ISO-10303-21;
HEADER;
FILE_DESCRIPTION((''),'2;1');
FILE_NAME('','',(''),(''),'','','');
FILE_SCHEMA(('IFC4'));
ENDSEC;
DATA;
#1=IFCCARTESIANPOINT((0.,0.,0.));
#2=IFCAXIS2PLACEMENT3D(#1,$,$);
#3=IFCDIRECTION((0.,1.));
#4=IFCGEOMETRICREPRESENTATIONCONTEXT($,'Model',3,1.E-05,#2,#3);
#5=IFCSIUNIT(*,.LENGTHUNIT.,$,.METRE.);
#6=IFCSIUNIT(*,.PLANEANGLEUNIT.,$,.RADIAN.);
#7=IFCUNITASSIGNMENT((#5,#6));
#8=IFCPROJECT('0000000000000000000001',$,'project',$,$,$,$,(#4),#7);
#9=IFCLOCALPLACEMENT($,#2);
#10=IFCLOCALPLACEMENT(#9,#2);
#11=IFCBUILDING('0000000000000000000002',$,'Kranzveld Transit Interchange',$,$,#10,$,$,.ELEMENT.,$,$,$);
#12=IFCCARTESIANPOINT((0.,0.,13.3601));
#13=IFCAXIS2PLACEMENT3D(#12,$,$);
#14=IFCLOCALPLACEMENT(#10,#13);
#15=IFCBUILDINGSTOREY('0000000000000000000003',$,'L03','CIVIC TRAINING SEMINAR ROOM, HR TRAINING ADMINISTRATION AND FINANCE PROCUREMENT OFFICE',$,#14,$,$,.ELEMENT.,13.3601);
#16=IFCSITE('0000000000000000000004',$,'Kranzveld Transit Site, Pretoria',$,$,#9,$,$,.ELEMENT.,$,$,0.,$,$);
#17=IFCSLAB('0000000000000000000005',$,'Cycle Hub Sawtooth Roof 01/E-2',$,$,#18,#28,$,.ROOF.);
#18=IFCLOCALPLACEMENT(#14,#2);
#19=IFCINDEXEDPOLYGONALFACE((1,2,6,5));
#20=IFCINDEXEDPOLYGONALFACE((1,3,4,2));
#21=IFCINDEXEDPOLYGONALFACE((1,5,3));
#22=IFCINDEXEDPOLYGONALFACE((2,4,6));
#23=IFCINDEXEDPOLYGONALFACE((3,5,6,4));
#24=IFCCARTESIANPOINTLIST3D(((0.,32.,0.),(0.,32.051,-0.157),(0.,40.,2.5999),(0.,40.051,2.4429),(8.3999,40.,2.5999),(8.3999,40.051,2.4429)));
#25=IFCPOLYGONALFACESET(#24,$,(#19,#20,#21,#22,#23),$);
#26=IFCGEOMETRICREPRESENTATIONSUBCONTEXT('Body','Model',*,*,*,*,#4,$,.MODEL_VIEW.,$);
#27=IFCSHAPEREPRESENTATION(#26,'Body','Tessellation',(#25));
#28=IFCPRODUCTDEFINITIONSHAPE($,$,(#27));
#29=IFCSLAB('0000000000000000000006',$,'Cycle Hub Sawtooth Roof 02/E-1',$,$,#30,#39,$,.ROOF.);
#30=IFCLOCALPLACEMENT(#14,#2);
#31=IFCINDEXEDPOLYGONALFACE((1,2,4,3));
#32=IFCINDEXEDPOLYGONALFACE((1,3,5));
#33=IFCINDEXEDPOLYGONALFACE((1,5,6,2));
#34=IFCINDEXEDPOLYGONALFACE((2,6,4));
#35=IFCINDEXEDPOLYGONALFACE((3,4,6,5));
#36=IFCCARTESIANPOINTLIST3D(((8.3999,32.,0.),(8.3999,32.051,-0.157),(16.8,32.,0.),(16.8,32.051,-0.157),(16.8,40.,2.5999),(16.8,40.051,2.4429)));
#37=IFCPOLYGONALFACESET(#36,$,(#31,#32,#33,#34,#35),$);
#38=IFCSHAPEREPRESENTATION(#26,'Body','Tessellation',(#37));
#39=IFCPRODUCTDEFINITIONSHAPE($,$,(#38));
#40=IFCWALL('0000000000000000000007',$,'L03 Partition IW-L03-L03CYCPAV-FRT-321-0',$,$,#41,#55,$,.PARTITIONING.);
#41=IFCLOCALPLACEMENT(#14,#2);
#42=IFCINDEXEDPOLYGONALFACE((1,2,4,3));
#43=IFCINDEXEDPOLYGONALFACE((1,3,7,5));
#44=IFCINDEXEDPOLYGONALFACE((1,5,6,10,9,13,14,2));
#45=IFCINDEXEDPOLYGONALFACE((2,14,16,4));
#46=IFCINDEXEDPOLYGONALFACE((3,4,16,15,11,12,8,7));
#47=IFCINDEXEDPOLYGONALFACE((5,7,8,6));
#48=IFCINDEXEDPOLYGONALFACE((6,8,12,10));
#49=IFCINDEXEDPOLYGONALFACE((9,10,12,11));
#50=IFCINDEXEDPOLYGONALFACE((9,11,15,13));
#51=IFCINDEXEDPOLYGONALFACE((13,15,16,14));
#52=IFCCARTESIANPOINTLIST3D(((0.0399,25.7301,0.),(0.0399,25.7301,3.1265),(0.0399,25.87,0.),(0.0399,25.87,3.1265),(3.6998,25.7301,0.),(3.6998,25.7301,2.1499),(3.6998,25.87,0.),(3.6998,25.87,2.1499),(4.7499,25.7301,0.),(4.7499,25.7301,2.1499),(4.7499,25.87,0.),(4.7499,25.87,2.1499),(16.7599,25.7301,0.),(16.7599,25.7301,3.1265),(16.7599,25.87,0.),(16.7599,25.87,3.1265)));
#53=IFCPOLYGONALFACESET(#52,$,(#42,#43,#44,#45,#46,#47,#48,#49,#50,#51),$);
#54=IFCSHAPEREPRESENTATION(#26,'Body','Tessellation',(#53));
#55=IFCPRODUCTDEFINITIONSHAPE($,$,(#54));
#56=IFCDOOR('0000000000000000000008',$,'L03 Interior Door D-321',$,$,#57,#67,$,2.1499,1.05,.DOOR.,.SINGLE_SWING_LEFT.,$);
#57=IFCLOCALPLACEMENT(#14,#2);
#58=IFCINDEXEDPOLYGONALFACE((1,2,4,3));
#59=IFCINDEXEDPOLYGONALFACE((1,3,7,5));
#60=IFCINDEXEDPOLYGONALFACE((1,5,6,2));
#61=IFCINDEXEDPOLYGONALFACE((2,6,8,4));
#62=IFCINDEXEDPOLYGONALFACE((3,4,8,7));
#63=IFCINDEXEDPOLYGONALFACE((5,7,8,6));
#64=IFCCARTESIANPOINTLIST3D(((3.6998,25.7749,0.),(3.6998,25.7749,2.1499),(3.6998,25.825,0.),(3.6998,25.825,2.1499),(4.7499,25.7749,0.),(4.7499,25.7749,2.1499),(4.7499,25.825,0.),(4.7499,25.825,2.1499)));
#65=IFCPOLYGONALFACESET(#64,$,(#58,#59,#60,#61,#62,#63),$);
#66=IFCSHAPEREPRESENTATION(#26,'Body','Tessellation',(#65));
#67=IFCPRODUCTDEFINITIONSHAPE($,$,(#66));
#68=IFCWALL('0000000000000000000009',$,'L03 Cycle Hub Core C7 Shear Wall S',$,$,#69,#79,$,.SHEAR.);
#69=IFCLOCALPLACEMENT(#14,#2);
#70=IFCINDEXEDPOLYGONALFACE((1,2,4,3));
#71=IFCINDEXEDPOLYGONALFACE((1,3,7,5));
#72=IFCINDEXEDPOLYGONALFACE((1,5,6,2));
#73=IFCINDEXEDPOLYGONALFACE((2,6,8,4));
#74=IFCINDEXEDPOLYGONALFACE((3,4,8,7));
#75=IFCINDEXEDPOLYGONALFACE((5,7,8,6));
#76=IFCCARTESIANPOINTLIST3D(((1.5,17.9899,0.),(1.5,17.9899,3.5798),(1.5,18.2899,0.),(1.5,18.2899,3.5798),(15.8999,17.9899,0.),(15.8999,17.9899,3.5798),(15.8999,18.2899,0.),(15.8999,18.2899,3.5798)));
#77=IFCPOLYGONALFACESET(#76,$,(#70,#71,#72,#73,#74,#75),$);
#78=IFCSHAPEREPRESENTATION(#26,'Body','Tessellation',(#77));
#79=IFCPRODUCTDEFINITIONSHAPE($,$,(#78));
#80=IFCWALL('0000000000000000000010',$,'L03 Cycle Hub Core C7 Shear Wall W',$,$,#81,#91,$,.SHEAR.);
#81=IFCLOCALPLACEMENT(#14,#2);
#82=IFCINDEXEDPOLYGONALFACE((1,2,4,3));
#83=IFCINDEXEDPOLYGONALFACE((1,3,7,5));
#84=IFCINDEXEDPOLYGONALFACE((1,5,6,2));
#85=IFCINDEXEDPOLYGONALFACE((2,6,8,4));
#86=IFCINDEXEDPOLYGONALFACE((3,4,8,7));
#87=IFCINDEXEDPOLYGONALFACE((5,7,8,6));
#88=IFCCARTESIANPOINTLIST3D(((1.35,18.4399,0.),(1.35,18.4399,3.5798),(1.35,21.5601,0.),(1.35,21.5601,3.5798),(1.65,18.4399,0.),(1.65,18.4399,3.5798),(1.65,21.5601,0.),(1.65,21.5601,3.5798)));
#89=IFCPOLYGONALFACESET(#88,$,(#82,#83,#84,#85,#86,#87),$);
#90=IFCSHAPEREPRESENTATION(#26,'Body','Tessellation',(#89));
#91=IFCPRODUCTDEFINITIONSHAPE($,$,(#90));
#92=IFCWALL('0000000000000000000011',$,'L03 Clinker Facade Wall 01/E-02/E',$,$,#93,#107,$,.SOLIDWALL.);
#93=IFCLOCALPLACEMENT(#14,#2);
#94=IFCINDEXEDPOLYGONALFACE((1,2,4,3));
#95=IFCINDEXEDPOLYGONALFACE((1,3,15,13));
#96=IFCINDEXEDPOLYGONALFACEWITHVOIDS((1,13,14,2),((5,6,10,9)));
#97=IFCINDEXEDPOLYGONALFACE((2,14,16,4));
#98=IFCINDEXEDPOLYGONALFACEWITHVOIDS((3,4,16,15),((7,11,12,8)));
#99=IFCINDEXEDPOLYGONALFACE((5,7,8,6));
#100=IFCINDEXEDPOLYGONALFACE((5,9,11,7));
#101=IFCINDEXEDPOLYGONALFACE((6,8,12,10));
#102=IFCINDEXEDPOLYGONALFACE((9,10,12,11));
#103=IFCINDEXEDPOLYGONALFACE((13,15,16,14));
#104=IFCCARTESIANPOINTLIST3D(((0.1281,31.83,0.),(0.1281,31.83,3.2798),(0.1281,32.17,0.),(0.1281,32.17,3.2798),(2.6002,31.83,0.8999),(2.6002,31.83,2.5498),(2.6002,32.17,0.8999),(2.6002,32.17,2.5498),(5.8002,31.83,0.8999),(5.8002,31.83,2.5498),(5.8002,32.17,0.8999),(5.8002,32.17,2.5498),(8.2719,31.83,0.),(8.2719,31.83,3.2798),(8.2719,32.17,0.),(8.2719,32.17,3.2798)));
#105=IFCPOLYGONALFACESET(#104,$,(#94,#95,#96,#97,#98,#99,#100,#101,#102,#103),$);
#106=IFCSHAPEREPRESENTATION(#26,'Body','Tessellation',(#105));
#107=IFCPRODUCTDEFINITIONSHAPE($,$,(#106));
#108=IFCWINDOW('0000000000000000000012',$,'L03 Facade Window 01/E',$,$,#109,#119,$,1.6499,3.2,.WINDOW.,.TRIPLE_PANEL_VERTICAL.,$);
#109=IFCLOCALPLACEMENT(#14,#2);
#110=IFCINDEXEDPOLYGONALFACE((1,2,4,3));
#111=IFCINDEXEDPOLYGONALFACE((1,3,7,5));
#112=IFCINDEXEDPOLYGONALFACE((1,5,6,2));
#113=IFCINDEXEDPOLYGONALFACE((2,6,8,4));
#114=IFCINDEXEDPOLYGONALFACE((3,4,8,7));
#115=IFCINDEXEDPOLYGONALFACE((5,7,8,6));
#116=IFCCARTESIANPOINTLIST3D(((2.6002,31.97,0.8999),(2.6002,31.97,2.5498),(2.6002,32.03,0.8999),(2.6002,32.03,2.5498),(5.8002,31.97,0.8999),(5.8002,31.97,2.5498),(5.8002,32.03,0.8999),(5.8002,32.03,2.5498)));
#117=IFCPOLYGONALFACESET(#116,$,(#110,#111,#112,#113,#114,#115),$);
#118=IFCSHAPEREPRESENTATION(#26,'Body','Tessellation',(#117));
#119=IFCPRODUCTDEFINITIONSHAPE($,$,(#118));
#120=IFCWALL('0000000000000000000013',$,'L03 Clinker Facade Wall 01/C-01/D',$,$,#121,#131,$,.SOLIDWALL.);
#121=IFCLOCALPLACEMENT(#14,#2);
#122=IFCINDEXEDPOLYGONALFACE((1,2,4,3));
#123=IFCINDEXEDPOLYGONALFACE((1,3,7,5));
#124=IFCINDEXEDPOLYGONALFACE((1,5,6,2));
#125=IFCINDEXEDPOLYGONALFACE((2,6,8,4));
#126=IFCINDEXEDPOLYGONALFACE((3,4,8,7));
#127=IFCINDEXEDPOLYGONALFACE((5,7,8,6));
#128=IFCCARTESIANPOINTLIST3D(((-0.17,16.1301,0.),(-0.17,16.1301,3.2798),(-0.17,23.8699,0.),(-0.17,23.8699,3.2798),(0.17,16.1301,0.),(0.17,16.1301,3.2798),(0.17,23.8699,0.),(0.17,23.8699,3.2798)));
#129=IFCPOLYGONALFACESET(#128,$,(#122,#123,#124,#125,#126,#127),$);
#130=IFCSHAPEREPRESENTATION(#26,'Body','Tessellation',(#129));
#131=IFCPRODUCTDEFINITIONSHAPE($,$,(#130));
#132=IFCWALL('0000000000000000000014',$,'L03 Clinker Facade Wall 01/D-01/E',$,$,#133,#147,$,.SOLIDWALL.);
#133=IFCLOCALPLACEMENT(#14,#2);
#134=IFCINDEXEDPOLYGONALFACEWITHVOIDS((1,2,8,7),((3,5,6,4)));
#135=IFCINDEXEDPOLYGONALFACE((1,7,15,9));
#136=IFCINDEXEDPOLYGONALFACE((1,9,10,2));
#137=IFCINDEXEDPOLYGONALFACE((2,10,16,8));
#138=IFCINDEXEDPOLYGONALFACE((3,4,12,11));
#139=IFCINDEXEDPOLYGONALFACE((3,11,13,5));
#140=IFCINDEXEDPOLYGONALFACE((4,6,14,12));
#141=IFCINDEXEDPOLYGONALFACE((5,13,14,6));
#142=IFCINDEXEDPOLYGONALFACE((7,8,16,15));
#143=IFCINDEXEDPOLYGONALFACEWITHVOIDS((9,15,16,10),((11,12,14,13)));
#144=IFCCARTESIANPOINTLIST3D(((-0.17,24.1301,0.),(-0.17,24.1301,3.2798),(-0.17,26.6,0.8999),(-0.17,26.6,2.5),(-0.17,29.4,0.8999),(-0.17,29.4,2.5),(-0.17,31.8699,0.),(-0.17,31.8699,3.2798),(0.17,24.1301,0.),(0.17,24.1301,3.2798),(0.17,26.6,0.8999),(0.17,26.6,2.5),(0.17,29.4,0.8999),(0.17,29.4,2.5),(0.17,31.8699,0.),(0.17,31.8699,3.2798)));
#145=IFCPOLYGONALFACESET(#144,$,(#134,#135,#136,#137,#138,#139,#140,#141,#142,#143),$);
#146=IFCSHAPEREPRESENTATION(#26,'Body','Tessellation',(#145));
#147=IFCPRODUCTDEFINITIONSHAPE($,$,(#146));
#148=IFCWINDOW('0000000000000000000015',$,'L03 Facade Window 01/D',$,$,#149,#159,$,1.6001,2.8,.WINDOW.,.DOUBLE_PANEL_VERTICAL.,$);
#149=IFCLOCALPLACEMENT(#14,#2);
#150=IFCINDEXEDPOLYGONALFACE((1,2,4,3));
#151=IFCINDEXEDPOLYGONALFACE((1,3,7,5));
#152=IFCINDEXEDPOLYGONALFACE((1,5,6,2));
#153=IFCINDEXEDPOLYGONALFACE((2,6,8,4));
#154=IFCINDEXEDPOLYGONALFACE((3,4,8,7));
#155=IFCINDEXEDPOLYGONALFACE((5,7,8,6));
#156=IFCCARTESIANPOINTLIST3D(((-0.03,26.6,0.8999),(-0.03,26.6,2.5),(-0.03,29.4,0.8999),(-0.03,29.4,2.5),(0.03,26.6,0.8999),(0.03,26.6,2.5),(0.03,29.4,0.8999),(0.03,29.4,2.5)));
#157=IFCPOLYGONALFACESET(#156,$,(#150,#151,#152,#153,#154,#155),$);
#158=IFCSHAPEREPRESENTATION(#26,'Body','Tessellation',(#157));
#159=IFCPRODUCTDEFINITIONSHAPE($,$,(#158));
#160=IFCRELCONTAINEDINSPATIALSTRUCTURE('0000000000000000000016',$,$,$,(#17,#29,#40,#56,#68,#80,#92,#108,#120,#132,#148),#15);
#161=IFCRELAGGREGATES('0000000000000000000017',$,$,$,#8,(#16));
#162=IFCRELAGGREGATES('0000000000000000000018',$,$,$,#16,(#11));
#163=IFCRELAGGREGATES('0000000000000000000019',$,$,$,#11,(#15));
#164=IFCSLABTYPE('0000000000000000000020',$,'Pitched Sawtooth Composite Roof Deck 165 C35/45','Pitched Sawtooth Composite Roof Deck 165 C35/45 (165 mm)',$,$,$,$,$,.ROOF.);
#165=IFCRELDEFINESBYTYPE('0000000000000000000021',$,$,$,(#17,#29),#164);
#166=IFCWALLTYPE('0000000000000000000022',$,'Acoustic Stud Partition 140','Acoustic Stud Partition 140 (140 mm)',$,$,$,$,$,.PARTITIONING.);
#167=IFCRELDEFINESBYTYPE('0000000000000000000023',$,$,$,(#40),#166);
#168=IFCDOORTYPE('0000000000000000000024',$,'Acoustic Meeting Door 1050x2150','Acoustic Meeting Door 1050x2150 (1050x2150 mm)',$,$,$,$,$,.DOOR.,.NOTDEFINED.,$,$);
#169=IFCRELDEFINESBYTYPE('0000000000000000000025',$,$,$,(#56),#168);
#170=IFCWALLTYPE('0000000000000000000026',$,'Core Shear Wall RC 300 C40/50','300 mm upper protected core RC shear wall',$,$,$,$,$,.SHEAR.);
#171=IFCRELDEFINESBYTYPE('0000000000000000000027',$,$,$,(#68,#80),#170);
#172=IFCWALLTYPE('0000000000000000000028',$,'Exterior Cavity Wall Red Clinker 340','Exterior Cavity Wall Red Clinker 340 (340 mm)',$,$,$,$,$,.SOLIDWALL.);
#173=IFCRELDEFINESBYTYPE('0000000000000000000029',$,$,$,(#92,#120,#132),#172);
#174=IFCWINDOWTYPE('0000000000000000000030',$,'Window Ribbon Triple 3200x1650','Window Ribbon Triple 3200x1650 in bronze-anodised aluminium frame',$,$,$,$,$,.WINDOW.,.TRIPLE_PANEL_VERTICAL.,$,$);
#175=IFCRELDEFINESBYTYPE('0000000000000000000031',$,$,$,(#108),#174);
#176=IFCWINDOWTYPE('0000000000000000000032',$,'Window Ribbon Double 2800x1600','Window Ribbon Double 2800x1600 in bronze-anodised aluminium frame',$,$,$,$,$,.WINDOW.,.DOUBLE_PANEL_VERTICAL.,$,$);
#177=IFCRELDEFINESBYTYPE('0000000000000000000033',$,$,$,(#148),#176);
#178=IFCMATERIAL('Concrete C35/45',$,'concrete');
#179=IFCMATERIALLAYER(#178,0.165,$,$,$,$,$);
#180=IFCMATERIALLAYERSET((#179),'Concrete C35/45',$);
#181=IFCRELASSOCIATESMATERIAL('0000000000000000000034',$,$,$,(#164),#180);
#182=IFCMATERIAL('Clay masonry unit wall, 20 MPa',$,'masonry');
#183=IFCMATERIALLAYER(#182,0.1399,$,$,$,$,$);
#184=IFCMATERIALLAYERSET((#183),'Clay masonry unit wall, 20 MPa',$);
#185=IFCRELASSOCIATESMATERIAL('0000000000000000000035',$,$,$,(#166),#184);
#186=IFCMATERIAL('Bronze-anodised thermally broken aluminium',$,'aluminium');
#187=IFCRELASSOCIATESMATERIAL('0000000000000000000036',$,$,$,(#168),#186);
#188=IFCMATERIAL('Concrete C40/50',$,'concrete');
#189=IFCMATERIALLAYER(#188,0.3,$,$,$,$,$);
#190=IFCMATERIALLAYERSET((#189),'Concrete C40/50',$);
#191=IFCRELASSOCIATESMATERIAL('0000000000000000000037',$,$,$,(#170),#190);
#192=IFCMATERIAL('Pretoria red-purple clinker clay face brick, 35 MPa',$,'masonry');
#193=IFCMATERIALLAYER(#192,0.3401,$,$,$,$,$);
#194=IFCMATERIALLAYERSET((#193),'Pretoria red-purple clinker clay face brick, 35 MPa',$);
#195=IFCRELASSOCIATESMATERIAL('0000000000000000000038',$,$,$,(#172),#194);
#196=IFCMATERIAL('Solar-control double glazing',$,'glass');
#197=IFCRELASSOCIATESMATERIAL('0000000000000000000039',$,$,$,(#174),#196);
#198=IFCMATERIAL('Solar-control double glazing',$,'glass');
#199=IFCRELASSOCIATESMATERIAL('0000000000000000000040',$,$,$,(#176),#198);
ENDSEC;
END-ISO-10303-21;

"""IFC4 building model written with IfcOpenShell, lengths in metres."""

from ifc_helpers import new_model, si_unit, direction, frame, frame_2d, origin, place, context, subcontext, project, spatial, polyline, rectangle, outline, extrude, material, layer, layer_set, type_object, element, fill, save


model = new_model("IFC4")

# Units and contexts
model_context = context("Model", 3, precision=1e-05, world=origin(), true_north=direction((0.0, 1.0)))
body_context = subcontext(model_context, "Body", "Model", "MODEL_VIEW")
ifc_project = project(units=[si_unit("LENGTHUNIT", "METRE"), si_unit("PLANEANGLEUNIT", "RADIAN")], contexts=[model_context])

# Site, building, storey
site_placement = place(None, origin())
site = spatial("IfcSite", under=ifc_project, at=site_placement, Name="Kranzveld Transit Site, Pretoria", CompositionType="ELEMENT", RefElevation=0.0)
building_placement = place(site_placement, origin())
building = spatial("IfcBuilding", under=site, at=building_placement, Name="Kranzveld Transit Interchange", CompositionType="ELEMENT")
storey_placement = place(building_placement, frame((0.0, 0.0, 13.3601)))
storey = spatial("IfcBuildingStorey", under=building, at=storey_placement, Name="L03", Description="CIVIC TRAINING SEMINAR ROOM, HR TRAINING ADMINISTRATION AND FINANCE PROCUREMENT OFFICE", CompositionType="ELEMENT", Elevation=13.3601)

# Slabs
ifc_material_1 = material(Name="Concrete C35/45", Category="concrete")
ifc_layer_1 = layer(ifc_material_1, 0.165)
ifc_layer_set_1 = layer_set([ifc_layer_1], Name="Concrete C35/45")
slab_type = type_object("IfcSlabType", Name="Pitched Sawtooth Composite Roof Deck 165 C35/45", Description="Pitched Sawtooth Composite Roof Deck 165 C35/45 (165 mm)", PredefinedType="ROOF", material=ifc_layer_set_1)
slab_1_placement = place(storey_placement, frame((0.0, 32.0, 0.0), z_axis=(0.0, -0.30907, 0.951039), x_axis=(0.706604, 0.672964, 0.218701)))
element("IfcSlab", 1, at=slab_1_placement, inside=storey, type_object=slab_type, Name="Cycle Hub Sawtooth Roof 01/E-2", PredefinedType="ROOF", context=body_context, shape_type="SweptSolid", body=[
    extrude(outline(polyline([(0.0, 0.0), (11.8877, 0.0), (5.9523, 5.9438), (0.0, 0.0)])), origin(), (0.0, 0.0, -1.0), 0.165),
])
slab_2_placement = place(storey_placement, frame((8.3999, 32.0, 0.0), z_axis=(0.0, -0.30907, 0.951039), x_axis=(1.0, 0.0, 0.0)))
element("IfcSlab", 2, at=slab_2_placement, inside=storey, type_object=slab_type, Name="Cycle Hub Sawtooth Roof 02/E-1", PredefinedType="ROOF", context=body_context, shape_type="SweptSolid", body=[
    extrude(outline(polyline([(0.0, 0.0), (8.4001, 0.0), (8.4001, 8.4119), (0.0, 0.0)])), origin(), (0.0, 0.0, -1.0), 0.165),
])

# Wall, opening, door
ifc_material_2 = material(Name="Clay masonry unit wall, 20 MPa", Category="masonry")
ifc_layer_2 = layer(ifc_material_2, 0.1399)
ifc_layer_set_2 = layer_set([ifc_layer_2], Name="Clay masonry unit wall, 20 MPa")
wall_type_1 = type_object("IfcWallType", Name="Acoustic Stud Partition 140", Description="Acoustic Stud Partition 140 (140 mm)", PredefinedType="PARTITIONING", material=ifc_layer_set_2)
wall_1_placement = place(storey_placement, frame((0.04, 25.8, 0.0), z_axis=(0.0, 0.0, 1.0), x_axis=(1.0, 0.0, 0.0)))
wall_1 = element("IfcWall", 3, at=wall_1_placement, inside=storey, type_object=wall_type_1, Name="L03 Partition IW-L03-L03CYCPAV-FRT-321-0", PredefinedType="PARTITIONING", context=body_context, shape_type="SweptSolid", body=[
    extrude(rectangle(XDim=16.72, YDim=0.1399, at=frame_2d((8.3599, 0.0))), origin(), (0.0, 0.0, 1.0), 3.1265),
])
opening_1_placement = place(wall_1_placement, frame((3.6599, 0.0, 0.0), z_axis=(0.0, 0.0, 1.0), x_axis=(1.0, 0.0, 0.0)))
opening_1 = element("IfcOpeningElement", 4, at=opening_1_placement, cuts=wall_1, PredefinedType="OPENING", context=body_context, shape_type="SweptSolid", body=[
    extrude(rectangle(XDim=1.05, YDim=2.1499, at=frame_2d((0.5249, 1.075))), frame((0.0, 0.0798, 0.0), z_axis=(0.0, -1.0, 0.0), x_axis=(1.0, 0.0, 0.0)), (0.0, 0.0, 1.0), 0.1599),
])
ifc_material_3 = material(Name="Bronze-anodised thermally broken aluminium", Category="aluminium")
door_type_1 = type_object("IfcDoorType", Name="Acoustic Meeting Door 1050x2150", Description="Acoustic Meeting Door 1050x2150 (1050x2150 mm)", OperationType="NOTDEFINED", PredefinedType="DOOR", material=ifc_material_3)
door_1_placement = place(opening_1_placement, origin())
door_1 = element("IfcDoor", 5, at=door_1_placement, inside=storey, type_object=door_type_1, Name="L03 Interior Door D-321", OperationType="SINGLE_SWING_LEFT", OverallHeight=2.1499, OverallWidth=1.05, PredefinedType="DOOR", context=body_context, shape_type="SweptSolid", body=[
    extrude(rectangle(XDim=1.05, YDim=2.1499, at=frame_2d((0.5249, 1.075))), frame((0.0, 0.0249, 0.0), z_axis=(0.0, -1.0, 0.0), x_axis=(1.0, 0.0, 0.0)), (0.0, 0.0, 1.0), 0.05),
])
fill(opening_1, door_1)

# Wall
ifc_material_4 = material(Name="Concrete C40/50", Category="concrete")
ifc_layer_3 = layer(ifc_material_4, 0.3)
ifc_layer_set_3 = layer_set([ifc_layer_3], Name="Concrete C40/50")
wall_type_2 = type_object("IfcWallType", Name="Core Shear Wall RC 300 C40/50", Description="300 mm upper protected core RC shear wall", PredefinedType="SHEAR", material=ifc_layer_set_3)
wall_2_placement = place(storey_placement, frame((1.5, 18.1399, 0.0), z_axis=(0.0, 0.0, 1.0), x_axis=(1.0, 0.0, 0.0)))
element("IfcWall", 6, at=wall_2_placement, inside=storey, type_object=wall_type_2, Name="L03 Cycle Hub Core C7 Shear Wall S", PredefinedType="SHEAR", context=body_context, shape_type="SweptSolid", body=[
    extrude(rectangle(XDim=14.3999, YDim=0.3, at=frame_2d((7.2, 0.0))), origin(), (0.0, 0.0, 1.0), 3.5798),
])

# Wall
wall_3_placement = place(storey_placement, frame((1.5, 18.4399, 0.0), z_axis=(0.0, 0.0, 1.0), x_axis=(0.0, 1.0, 0.0)))
element("IfcWall", 7, at=wall_3_placement, inside=storey, type_object=wall_type_2, Name="L03 Cycle Hub Core C7 Shear Wall W", PredefinedType="SHEAR", context=body_context, shape_type="SweptSolid", body=[
    extrude(rectangle(XDim=3.1201, YDim=0.3, at=frame_2d((1.5601, 0.0))), origin(), (0.0, 0.0, 1.0), 3.5798),
])

# Wall, opening, window
ifc_material_5 = material(Name="Pretoria red-purple clinker clay face brick, 35 MPa", Category="masonry")
ifc_layer_4 = layer(ifc_material_5, 0.3401)
ifc_layer_set_4 = layer_set([ifc_layer_4], Name="Pretoria red-purple clinker clay face brick, 35 MPa")
wall_type_3 = type_object("IfcWallType", Name="Exterior Cavity Wall Red Clinker 340", Description="Exterior Cavity Wall Red Clinker 340 (340 mm)", PredefinedType="SOLIDWALL", material=ifc_layer_set_4)
wall_4_placement = place(storey_placement, frame((0.1282, 32.0, 0.0), z_axis=(0.0, 0.0, 1.0), x_axis=(1.0, 0.0, 0.0)))
wall_4 = element("IfcWall", 8, at=wall_4_placement, inside=storey, type_object=wall_type_3, Name="L03 Clinker Facade Wall 01/E-02/E", PredefinedType="SOLIDWALL", context=body_context, shape_type="SweptSolid", body=[
    extrude(rectangle(XDim=8.1438, YDim=0.3401, at=frame_2d((4.0718, 0.0))), origin(), (0.0, 0.0, 1.0), 3.2798),
])
opening_2_placement = place(wall_4_placement, frame((2.4719, 0.0, 0.8999), z_axis=(0.0, 0.0, 1.0), x_axis=(1.0, 0.0, 0.0)))
opening_2 = element("IfcOpeningElement", 9, at=opening_2_placement, cuts=wall_4, PredefinedType="OPENING", context=body_context, shape_type="SweptSolid", body=[
    extrude(rectangle(XDim=3.2, YDim=1.6499, at=frame_2d((1.6001, 0.825))), frame((0.0, 0.1799, 0.0), z_axis=(0.0, -1.0, 0.0), x_axis=(1.0, 0.0, 0.0)), (0.0, 0.0, 1.0), 0.3601),
])
ifc_material_6 = material(Name="Solar-control double glazing", Category="glass")
window_type_1 = type_object("IfcWindowType", Name="Window Ribbon Triple 3200x1650", Description="Window Ribbon Triple 3200x1650 in bronze-anodised aluminium frame", PartitioningType="TRIPLE_PANEL_VERTICAL", PredefinedType="WINDOW", material=ifc_material_6)
window_1_placement = place(opening_2_placement, origin())
window_1 = element("IfcWindow", 10, at=window_1_placement, inside=storey, type_object=window_type_1, Name="L03 Facade Window 01/E", OverallHeight=1.6499, OverallWidth=3.2, PartitioningType="TRIPLE_PANEL_VERTICAL", PredefinedType="WINDOW", context=body_context, shape_type="SweptSolid", body=[
    extrude(rectangle(XDim=3.2, YDim=1.6499, at=frame_2d((1.6001, 0.825))), frame((0.0, 0.03, 0.0), z_axis=(0.0, -1.0, 0.0), x_axis=(1.0, 0.0, 0.0)), (0.0, 0.0, 1.0), 0.0601),
])
fill(opening_2, window_1)

# Wall
wall_5_placement = place(storey_placement, frame((0.0, 16.1301, 0.0), z_axis=(0.0, 0.0, 1.0), x_axis=(0.0, 1.0, 0.0)))
element("IfcWall", 11, at=wall_5_placement, inside=storey, type_object=wall_type_3, Name="L03 Clinker Facade Wall 01/C-01/D", PredefinedType="SOLIDWALL", context=body_context, shape_type="SweptSolid", body=[
    extrude(rectangle(XDim=7.7397, YDim=0.3401, at=frame_2d((3.8699, 0.0))), origin(), (0.0, 0.0, 1.0), 3.2798),
])

# Wall, opening, window
wall_6_placement = place(storey_placement, frame((0.0, 24.1301, 0.0), z_axis=(0.0, 0.0, 1.0), x_axis=(0.0, 1.0, 0.0)))
wall_6 = element("IfcWall", 12, at=wall_6_placement, inside=storey, type_object=wall_type_3, Name="L03 Clinker Facade Wall 01/D-01/E", PredefinedType="SOLIDWALL", context=body_context, shape_type="SweptSolid", body=[
    extrude(rectangle(XDim=7.7397, YDim=0.3401, at=frame_2d((3.8699, 0.0))), origin(), (0.0, 0.0, 1.0), 3.2798),
])
opening_3_placement = place(wall_6_placement, frame((2.47, 0.0, 0.8999), z_axis=(0.0, 0.0, 1.0), x_axis=(1.0, 0.0, 0.0)))
opening_3 = element("IfcOpeningElement", 13, at=opening_3_placement, cuts=wall_6, PredefinedType="OPENING", context=body_context, shape_type="SweptSolid", body=[
    extrude(rectangle(XDim=2.8, YDim=1.6001, at=frame_2d((1.3999, 0.8))), frame((0.0, 0.1799, 0.0), z_axis=(0.0, -1.0, 0.0), x_axis=(1.0, 0.0, 0.0)), (0.0, 0.0, 1.0), 0.3601),
])
ifc_material_7 = material(Name="Solar-control double glazing", Category="glass")
window_type_2 = type_object("IfcWindowType", Name="Window Ribbon Double 2800x1600", Description="Window Ribbon Double 2800x1600 in bronze-anodised aluminium frame", PartitioningType="DOUBLE_PANEL_VERTICAL", PredefinedType="WINDOW", material=ifc_material_7)
window_2_placement = place(opening_3_placement, origin())
window_2 = element("IfcWindow", 14, at=window_2_placement, inside=storey, type_object=window_type_2, Name="L03 Facade Window 01/D", OverallHeight=1.6001, OverallWidth=2.8, PartitioningType="DOUBLE_PANEL_VERTICAL", PredefinedType="WINDOW", context=body_context, shape_type="SweptSolid", body=[
    extrude(rectangle(XDim=2.8, YDim=1.6001, at=frame_2d((1.3999, 0.8))), frame((0.0, 0.03, 0.0), z_axis=(0.0, -1.0, 0.0), x_axis=(1.0, 0.0, 0.0)), (0.0, 0.0, 1.0), 0.0601),
])
fill(opening_3, window_2)

save(model, "model.ifc")
